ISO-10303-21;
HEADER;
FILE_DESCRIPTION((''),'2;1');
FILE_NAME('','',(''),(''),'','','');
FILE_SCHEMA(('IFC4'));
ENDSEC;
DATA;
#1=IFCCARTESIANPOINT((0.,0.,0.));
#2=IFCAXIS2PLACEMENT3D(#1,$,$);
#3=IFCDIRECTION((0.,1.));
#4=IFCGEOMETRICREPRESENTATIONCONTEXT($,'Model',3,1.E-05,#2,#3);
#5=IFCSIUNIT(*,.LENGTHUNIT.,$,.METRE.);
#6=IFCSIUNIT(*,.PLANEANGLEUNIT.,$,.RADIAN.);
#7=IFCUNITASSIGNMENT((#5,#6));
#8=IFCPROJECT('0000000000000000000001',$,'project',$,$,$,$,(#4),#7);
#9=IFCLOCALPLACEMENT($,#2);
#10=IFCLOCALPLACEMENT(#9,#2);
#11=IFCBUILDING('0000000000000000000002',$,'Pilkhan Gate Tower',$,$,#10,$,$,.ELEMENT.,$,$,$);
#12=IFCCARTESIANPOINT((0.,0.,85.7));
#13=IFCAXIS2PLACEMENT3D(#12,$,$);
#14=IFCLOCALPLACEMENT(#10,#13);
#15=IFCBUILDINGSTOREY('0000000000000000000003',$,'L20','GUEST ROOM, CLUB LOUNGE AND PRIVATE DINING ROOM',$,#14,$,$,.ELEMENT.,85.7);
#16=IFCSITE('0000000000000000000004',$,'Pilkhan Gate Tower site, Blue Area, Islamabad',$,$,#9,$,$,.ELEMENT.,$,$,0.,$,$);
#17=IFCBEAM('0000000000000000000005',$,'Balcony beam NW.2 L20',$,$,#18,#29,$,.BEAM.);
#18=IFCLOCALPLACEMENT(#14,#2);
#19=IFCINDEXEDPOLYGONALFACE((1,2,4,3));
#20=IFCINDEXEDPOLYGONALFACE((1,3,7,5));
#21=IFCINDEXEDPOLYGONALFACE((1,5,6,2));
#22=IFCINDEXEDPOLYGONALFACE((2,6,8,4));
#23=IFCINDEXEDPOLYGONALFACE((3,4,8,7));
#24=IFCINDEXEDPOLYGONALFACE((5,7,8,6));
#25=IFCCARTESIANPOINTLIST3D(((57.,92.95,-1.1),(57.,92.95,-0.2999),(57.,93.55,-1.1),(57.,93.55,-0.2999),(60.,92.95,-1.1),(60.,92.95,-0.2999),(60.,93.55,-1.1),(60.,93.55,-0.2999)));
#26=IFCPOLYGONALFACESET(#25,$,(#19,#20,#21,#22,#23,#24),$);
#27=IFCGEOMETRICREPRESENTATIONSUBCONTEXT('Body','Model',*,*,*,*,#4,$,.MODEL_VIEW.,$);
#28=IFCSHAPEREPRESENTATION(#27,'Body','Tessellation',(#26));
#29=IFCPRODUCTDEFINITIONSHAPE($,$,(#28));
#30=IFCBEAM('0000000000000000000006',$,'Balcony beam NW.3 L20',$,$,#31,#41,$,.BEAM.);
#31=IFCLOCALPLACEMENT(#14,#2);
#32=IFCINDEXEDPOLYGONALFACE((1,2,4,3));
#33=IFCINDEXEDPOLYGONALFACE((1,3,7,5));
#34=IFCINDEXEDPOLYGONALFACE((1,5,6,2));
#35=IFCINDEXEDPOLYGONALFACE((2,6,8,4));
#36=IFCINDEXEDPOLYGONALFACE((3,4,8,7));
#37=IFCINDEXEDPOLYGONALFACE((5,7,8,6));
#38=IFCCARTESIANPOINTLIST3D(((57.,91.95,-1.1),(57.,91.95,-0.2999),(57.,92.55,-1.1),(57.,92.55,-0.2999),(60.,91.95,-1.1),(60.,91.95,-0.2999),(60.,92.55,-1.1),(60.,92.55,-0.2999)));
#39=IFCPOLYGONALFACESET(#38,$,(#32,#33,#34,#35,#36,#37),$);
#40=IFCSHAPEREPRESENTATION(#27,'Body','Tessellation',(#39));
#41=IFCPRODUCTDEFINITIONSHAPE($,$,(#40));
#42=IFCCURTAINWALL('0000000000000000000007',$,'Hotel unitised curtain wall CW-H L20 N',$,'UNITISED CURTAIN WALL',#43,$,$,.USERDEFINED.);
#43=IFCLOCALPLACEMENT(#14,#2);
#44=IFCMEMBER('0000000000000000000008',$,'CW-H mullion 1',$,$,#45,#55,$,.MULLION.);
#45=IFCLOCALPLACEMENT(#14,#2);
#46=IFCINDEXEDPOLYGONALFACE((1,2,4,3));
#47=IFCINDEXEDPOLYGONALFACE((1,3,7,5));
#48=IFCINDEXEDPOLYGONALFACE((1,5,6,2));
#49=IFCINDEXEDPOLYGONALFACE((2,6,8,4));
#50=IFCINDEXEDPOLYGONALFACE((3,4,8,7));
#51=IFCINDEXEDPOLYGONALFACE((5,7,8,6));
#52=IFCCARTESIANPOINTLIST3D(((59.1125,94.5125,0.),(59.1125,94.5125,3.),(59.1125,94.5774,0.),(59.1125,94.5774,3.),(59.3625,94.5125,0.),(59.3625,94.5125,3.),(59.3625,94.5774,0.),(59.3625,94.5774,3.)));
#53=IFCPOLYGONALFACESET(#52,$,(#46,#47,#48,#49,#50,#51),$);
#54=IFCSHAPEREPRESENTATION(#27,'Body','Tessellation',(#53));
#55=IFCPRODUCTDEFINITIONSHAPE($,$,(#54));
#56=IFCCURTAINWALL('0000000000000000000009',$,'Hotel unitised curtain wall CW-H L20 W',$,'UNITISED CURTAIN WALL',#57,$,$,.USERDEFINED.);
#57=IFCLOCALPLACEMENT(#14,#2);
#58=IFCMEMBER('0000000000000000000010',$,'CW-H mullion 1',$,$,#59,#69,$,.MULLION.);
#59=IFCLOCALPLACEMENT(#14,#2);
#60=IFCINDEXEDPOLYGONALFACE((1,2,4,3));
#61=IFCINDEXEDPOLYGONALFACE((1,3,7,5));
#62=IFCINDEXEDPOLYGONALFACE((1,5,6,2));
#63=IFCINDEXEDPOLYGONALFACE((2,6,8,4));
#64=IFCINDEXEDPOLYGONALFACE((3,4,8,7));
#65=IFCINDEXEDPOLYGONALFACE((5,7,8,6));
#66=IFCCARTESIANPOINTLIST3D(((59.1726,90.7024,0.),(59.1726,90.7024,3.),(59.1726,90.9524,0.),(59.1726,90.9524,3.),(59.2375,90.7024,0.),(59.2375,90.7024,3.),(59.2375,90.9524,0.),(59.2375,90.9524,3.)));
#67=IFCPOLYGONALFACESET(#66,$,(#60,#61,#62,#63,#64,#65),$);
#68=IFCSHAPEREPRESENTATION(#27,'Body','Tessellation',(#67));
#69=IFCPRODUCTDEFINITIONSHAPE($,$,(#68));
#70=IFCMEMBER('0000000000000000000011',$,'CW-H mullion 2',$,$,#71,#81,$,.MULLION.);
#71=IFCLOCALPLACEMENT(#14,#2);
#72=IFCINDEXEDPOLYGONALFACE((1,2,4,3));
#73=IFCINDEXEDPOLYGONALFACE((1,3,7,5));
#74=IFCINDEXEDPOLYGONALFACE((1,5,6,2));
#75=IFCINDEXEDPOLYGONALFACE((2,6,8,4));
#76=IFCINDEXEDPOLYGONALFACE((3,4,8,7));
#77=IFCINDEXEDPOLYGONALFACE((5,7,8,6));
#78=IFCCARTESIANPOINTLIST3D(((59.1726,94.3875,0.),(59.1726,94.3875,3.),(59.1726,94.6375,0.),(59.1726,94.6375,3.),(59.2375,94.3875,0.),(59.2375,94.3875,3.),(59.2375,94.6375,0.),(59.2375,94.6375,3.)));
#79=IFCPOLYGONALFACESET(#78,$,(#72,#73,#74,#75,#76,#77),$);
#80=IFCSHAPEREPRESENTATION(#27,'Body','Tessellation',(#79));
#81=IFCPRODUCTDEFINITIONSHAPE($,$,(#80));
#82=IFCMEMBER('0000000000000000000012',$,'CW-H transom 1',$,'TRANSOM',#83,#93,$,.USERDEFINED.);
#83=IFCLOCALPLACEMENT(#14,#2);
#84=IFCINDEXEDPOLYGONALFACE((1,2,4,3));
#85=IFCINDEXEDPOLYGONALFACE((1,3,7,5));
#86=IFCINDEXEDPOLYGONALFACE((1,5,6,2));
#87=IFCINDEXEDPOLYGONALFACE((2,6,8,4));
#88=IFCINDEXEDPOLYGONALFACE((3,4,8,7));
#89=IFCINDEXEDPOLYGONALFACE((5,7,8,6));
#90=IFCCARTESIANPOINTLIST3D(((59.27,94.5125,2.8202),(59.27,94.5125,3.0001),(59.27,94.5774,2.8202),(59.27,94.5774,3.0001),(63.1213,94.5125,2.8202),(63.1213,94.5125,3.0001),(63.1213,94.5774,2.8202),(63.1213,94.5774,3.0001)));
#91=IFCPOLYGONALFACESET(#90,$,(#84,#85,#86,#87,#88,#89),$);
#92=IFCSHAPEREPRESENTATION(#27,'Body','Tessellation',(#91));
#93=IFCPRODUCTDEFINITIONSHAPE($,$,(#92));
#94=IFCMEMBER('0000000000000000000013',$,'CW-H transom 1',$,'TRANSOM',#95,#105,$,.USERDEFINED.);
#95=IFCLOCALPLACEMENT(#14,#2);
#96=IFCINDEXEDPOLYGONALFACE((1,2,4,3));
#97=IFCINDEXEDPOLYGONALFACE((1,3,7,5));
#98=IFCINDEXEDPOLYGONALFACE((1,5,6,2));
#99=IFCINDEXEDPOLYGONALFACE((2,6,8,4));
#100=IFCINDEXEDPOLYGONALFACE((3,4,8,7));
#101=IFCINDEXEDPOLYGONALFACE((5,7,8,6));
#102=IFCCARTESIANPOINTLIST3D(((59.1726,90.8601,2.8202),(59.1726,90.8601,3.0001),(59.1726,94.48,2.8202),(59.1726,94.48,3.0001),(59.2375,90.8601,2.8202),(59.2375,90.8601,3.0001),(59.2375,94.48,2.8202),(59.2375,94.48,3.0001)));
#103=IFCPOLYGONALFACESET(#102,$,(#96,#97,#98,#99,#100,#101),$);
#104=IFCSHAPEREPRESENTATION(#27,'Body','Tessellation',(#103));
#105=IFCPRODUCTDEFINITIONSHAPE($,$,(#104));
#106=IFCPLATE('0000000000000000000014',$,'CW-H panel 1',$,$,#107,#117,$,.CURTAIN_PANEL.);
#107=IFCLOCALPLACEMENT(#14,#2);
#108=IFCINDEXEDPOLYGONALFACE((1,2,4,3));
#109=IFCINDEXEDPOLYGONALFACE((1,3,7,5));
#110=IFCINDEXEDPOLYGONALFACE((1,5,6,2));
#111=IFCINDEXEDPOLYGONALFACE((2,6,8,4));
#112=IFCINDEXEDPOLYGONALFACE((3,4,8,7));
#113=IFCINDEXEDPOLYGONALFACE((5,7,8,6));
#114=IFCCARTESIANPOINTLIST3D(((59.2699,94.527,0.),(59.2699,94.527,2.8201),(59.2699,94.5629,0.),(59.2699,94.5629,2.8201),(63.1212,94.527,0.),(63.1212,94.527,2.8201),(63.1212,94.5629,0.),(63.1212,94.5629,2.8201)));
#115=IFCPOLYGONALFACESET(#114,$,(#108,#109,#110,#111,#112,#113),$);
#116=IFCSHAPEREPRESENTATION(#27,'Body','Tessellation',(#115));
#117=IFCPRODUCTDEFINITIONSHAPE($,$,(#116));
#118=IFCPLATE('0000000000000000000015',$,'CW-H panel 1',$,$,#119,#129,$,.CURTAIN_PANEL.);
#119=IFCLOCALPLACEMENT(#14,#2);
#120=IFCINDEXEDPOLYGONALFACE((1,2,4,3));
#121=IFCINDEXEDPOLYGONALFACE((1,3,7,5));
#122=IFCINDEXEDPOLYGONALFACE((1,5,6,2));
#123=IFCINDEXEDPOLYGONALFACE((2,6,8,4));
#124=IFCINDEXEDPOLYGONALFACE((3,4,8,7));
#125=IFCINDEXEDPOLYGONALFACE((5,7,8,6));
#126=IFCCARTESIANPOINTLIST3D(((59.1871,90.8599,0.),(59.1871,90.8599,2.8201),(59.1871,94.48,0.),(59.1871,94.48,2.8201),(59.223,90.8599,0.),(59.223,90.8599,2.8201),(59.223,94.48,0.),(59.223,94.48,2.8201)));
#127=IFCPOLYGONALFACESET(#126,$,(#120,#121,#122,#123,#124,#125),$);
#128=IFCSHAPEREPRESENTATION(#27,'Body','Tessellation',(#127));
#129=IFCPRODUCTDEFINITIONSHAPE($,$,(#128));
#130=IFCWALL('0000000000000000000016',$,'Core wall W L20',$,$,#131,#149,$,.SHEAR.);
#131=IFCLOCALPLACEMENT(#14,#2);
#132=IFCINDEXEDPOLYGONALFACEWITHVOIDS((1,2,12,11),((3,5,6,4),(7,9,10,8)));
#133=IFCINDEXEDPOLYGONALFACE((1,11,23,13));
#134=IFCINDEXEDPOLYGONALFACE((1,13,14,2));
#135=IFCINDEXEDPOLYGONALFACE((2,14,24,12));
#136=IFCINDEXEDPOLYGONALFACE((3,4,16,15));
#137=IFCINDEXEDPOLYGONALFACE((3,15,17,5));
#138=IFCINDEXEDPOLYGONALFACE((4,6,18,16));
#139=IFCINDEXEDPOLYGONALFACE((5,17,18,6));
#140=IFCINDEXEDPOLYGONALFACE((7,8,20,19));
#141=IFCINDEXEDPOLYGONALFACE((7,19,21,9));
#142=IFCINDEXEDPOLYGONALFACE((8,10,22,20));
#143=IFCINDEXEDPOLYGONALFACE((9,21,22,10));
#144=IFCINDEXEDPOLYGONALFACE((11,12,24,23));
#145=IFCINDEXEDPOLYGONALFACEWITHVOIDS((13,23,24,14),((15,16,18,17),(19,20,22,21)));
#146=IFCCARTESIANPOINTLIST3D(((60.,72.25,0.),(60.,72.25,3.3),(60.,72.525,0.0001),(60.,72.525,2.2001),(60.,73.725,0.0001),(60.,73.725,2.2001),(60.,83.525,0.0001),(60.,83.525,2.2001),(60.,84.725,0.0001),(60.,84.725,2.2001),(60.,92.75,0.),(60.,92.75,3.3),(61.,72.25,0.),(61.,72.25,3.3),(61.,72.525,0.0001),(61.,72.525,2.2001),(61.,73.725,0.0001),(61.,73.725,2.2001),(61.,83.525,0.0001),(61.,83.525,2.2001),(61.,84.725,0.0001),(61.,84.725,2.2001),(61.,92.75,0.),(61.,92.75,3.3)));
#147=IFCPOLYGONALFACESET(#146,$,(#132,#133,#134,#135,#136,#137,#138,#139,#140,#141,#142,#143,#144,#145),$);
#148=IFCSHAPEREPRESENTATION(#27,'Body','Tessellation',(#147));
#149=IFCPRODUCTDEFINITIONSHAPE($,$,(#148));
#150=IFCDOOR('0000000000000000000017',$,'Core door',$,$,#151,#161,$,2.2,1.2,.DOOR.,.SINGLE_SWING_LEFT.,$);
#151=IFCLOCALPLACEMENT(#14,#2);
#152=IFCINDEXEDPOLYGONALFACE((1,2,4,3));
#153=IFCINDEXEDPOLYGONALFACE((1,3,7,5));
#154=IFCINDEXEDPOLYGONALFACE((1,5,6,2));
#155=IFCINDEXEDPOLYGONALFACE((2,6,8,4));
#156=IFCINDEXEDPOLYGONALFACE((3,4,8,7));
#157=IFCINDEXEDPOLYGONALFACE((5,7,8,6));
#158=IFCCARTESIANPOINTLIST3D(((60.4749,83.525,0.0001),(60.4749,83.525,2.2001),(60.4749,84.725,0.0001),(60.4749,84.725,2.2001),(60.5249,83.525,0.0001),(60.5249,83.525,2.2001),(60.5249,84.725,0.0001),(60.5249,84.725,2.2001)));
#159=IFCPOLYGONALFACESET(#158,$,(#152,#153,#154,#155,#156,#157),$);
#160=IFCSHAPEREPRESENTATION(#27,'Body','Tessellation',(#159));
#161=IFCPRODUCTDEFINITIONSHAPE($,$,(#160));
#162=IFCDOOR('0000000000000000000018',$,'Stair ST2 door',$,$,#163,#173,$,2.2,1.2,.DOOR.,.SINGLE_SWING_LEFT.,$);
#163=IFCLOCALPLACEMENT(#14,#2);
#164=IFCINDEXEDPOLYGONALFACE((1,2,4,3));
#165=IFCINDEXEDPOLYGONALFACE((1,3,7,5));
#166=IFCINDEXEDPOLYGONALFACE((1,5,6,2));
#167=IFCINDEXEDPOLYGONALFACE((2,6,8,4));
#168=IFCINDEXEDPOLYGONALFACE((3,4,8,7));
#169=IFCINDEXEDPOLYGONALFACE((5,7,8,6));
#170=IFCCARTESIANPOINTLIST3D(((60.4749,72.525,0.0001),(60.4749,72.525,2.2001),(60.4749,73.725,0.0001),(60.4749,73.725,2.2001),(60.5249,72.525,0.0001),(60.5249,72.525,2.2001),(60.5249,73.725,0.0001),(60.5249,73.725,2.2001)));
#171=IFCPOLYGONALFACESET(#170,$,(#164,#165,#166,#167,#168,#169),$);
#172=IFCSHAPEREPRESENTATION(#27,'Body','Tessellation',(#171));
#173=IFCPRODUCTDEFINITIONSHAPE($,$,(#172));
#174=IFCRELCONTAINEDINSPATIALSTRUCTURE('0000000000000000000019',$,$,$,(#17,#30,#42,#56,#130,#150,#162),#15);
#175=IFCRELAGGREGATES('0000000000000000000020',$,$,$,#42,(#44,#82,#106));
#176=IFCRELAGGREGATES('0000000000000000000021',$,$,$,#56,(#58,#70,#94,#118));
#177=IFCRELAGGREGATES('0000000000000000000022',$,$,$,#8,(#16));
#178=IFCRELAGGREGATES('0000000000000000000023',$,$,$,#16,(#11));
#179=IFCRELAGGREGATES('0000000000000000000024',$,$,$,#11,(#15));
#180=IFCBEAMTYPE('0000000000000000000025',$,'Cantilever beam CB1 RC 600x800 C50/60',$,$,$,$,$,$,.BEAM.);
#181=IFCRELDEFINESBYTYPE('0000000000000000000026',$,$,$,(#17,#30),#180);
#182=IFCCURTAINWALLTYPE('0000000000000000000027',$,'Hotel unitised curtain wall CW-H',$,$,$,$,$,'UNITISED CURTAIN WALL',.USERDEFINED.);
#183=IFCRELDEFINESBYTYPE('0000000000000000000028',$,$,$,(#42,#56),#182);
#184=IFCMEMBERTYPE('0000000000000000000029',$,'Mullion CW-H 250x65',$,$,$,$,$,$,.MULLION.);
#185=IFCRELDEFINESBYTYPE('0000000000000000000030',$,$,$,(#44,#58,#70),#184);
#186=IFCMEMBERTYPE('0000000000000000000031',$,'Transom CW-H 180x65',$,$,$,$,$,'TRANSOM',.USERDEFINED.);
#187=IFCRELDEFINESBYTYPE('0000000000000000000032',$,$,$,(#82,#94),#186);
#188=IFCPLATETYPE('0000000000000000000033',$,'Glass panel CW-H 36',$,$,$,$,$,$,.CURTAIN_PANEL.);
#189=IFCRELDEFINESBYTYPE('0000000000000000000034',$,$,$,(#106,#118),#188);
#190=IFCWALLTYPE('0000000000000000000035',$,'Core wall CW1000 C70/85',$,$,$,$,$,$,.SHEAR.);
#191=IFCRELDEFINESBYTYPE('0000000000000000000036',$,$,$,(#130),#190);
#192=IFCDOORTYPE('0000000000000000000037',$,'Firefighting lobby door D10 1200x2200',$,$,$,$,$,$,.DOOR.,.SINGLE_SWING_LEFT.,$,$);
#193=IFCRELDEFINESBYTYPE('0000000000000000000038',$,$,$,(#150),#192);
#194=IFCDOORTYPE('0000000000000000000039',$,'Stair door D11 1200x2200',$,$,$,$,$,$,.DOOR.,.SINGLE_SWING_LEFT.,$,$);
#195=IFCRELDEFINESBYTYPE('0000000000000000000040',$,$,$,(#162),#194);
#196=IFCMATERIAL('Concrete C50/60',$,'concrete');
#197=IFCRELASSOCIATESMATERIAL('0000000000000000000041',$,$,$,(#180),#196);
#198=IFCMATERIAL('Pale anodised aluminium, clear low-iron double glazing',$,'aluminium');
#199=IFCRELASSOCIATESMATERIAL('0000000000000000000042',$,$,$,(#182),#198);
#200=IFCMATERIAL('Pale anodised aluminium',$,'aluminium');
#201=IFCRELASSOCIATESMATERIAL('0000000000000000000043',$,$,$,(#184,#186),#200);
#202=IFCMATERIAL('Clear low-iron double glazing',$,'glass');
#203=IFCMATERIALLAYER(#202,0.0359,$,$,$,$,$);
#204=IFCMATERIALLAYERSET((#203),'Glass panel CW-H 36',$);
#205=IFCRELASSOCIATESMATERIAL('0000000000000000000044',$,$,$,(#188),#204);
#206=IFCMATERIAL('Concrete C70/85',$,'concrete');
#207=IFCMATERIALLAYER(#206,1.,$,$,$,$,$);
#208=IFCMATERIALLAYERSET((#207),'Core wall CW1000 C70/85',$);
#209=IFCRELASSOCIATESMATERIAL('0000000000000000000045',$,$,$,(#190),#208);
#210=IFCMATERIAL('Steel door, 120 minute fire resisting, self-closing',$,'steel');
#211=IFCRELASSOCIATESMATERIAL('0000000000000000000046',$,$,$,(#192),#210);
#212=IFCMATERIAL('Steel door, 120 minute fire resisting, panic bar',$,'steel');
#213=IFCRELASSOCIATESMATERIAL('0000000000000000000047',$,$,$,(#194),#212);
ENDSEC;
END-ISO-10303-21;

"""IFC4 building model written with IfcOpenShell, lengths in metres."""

from ifc_helpers import new_model, si_unit, direction, frame, frame_2d, origin, origin_2d, place, context, subcontext, project, spatial, rectangle, extrude, material, layer, layer_set, material_profile, profile_set, type_object, element, fill, aggregate, save


model = new_model("IFC4")

# Units and contexts
model_context = context("Model", 3, precision=1e-05, world=origin(), true_north=direction((0.0, 1.0)))
body_context = subcontext(model_context, "Body", "Model", "MODEL_VIEW")
ifc_project = project(units=[si_unit("LENGTHUNIT", "METRE"), si_unit("PLANEANGLEUNIT", "RADIAN")], contexts=[model_context])

# Site, building, storey
site_placement = place(None, origin())
site = spatial("IfcSite", under=ifc_project, at=site_placement, Name="Pilkhan Gate Tower site, Blue Area, Islamabad", CompositionType="ELEMENT", RefElevation=0.0)
building_placement = place(site_placement, origin())
building = spatial("IfcBuilding", under=site, at=building_placement, Name="Pilkhan Gate Tower", CompositionType="ELEMENT")
storey_placement = place(building_placement, frame((0.0, 0.0, 85.7)))
storey = spatial("IfcBuildingStorey", under=building, at=storey_placement, Name="L20", Description="GUEST ROOM, CLUB LOUNGE AND PRIVATE DINING ROOM", CompositionType="ELEMENT", Elevation=85.7)

# Beams
ifc_material_1 = material(Name="Concrete C50/60", Category="concrete")
ifc_material_profile_1 = material_profile(ifc_material_1, rectangle(XDim=0.6001, YDim=0.8, at=origin_2d()), Name="RC 600x800")
ifc_profile_set_1 = profile_set([ifc_material_profile_1], Name="Concrete C50/60")
beam_type = type_object("IfcBeamType", Name="Cantilever beam CB1 RC 600x800 C50/60", PredefinedType="BEAM", material=ifc_profile_set_1)
for number, where, z_axis, x_axis, name in (
    (1, (60.0, 93.25, -0.7), (-1.0, 0.0, 0.0), (0.0, -1.0, 0.0), "Balcony beam NW.2 L20"),
    (2, (60.0, 92.25, -0.7), (-1.0, 0.0, 0.0), (0.0, -1.0, 0.0), "Balcony beam NW.3 L20"),
):
    element("IfcBeam", number, at=place(storey_placement, frame(where, z_axis=z_axis, x_axis=x_axis)), inside=storey, type_object=beam_type, Name=name, PredefinedType="BEAM", context=body_context, shape_type="SweptSolid", body=[
        extrude(rectangle(XDim=0.6001, YDim=0.8, at=origin_2d()), origin(), (0.0, 0.0, 1.0), 3.0),
    ])

# Curtain wall, member
ifc_material_2 = material(Name="Pale anodised aluminium, clear low-iron double glazing", Category="aluminium")
curtain_wall_type = type_object("IfcCurtainWallType", Name="Hotel unitised curtain wall CW-H", ElementType="UNITISED CURTAIN WALL", PredefinedType="USERDEFINED", material=ifc_material_2)
curtain_wall_1_placement = place(storey_placement, origin())
curtain_wall_1 = element("IfcCurtainWall", 3, at=curtain_wall_1_placement, inside=storey, type_object=curtain_wall_type, Name="Hotel unitised curtain wall CW-H L20 N", ObjectType="UNITISED CURTAIN WALL", PredefinedType="USERDEFINED")
ifc_material_3 = material(Name="Pale anodised aluminium", Category="aluminium")
ifc_material_profile_2 = material_profile(ifc_material_3, rectangle(XDim=0.0649, YDim=0.25, at=origin_2d()), Name="Mullion 250x65")
ifc_profile_set_2 = profile_set([ifc_material_profile_2], Name="Pale anodised aluminium")
member_type_1 = type_object("IfcMemberType", Name="Mullion CW-H 250x65", PredefinedType="MULLION", material=ifc_profile_set_2)
member_1_placement = place(storey_placement, frame((59.2375, 94.5449, 0.0), z_axis=(0.0, 0.0, 1.0), x_axis=(0.0, 1.0, 0.0)))
member_1 = element("IfcMember", 4, at=member_1_placement, type_object=member_type_1, Name="CW-H mullion 1", PredefinedType="MULLION", context=body_context, shape_type="SweptSolid", body=[
    extrude(rectangle(XDim=0.0649, YDim=0.25, at=origin_2d()), origin(), (0.0, 0.0, 1.0), 3.0),
])

# Curtain wall, members
curtain_wall_2_placement = place(storey_placement, origin())
curtain_wall_2 = element("IfcCurtainWall", 5, at=curtain_wall_2_placement, inside=storey, type_object=curtain_wall_type, Name="Hotel unitised curtain wall CW-H L20 W", ObjectType="UNITISED CURTAIN WALL", PredefinedType="USERDEFINED")
member_2_placement = place(storey_placement, frame((59.2051, 90.8274, 0.0), z_axis=(0.0, 0.0, 1.0), x_axis=(-1.0, 0.0, 0.0)))
member_2 = element("IfcMember", 6, at=member_2_placement, type_object=member_type_1, Name="CW-H mullion 1", PredefinedType="MULLION", context=body_context, shape_type="SweptSolid", body=[
    extrude(rectangle(XDim=0.0649, YDim=0.25, at=origin_2d()), origin(), (0.0, 0.0, 1.0), 3.0),
])
member_3_placement = place(storey_placement, frame((59.2051, 94.5125, 0.0), z_axis=(0.0, 0.0, 1.0), x_axis=(-1.0, 0.0, 0.0)))
member_3 = element("IfcMember", 7, at=member_3_placement, type_object=member_type_1, Name="CW-H mullion 2", PredefinedType="MULLION", context=body_context, shape_type="SweptSolid", body=[
    extrude(rectangle(XDim=0.0649, YDim=0.25, at=origin_2d()), origin(), (0.0, 0.0, 1.0), 3.0),
])

# Members
ifc_material_profile_3 = material_profile(ifc_material_3, rectangle(XDim=0.0649, YDim=0.1799, at=origin_2d()), Name="Transom 180x65")
ifc_profile_set_3 = profile_set([ifc_material_profile_3], Name="Pale anodised aluminium")
member_type_2 = type_object("IfcMemberType", Name="Transom CW-H 180x65", ElementType="TRANSOM", PredefinedType="USERDEFINED", material=ifc_profile_set_3)
member_4_placement = place(storey_placement, frame((59.27, 94.5449, 2.9102), z_axis=(1.0, 0.0, 0.0), x_axis=(0.0, 1.0, 0.0)))
member_4 = element("IfcMember", 8, at=member_4_placement, type_object=member_type_2, Name="CW-H transom 1", ObjectType="TRANSOM", PredefinedType="USERDEFINED", context=body_context, shape_type="SweptSolid", body=[
    extrude(rectangle(XDim=0.0649, YDim=0.1799, at=origin_2d()), origin(), (0.0, 0.0, 1.0), 3.8513),
])
member_5_placement = place(storey_placement, frame((59.2051, 90.8601, 2.9102), z_axis=(0.0, 1.0, 0.0), x_axis=(-1.0, 0.0, 0.0)))
member_5 = element("IfcMember", 9, at=member_5_placement, type_object=member_type_2, Name="CW-H transom 1", ObjectType="TRANSOM", PredefinedType="USERDEFINED", context=body_context, shape_type="SweptSolid", body=[
    extrude(rectangle(XDim=0.0649, YDim=0.1799, at=origin_2d()), origin(), (0.0, 0.0, 1.0), 3.6199),
])

# Plates
ifc_material_4 = material(Name="Clear low-iron double glazing", Category="glass")
ifc_layer_1 = layer(ifc_material_4, 0.0359)
ifc_layer_set_1 = layer_set([ifc_layer_1], Name="Glass panel CW-H 36")
plate_type = type_object("IfcPlateType", Name="Glass panel CW-H 36", PredefinedType="CURTAIN_PANEL", material=ifc_layer_set_1)
plate_1_placement = place(storey_placement, frame((61.1956, 94.5449, 0.0), z_axis=(0.0, 0.0, 1.0), x_axis=(1.0, 0.0, 0.0)))
plate_1 = element("IfcPlate", 10, at=plate_1_placement, type_object=plate_type, Name="CW-H panel 1", PredefinedType="CURTAIN_PANEL", context=body_context, shape_type="SweptSolid", body=[
    extrude(rectangle(XDim=3.8513, YDim=0.0359, at=origin_2d()), origin(), (0.0, 0.0, 1.0), 2.8201),
])
aggregate(curtain_wall_1, [member_1, member_4, plate_1])
plate_2_placement = place(storey_placement, frame((59.2051, 92.6699, 0.0), z_axis=(0.0, 0.0, 1.0), x_axis=(0.0, 1.0, 0.0)))
plate_2 = element("IfcPlate", 11, at=plate_2_placement, type_object=plate_type, Name="CW-H panel 1", PredefinedType="CURTAIN_PANEL", context=body_context, shape_type="SweptSolid", body=[
    extrude(rectangle(XDim=3.6201, YDim=0.0359, at=origin_2d()), origin(), (0.0, 0.0, 1.0), 2.8201),
])
aggregate(curtain_wall_2, [member_2, member_3, member_5, plate_2])

# Wall, openings, doors
ifc_material_5 = material(Name="Concrete C70/85", Category="concrete")
ifc_layer_2 = layer(ifc_material_5, 1.0)
ifc_layer_set_2 = layer_set([ifc_layer_2], Name="Core wall CW1000 C70/85")
wall_type_1 = type_object("IfcWallType", Name="Core wall CW1000 C70/85", PredefinedType="SHEAR", material=ifc_layer_set_2)
wall_1_placement = place(storey_placement, frame((60.5, 92.75, 0.0), z_axis=(0.0, 0.0, 1.0), x_axis=(0.0, -1.0, 0.0)))
wall_1 = element("IfcWall", 12, at=wall_1_placement, inside=storey, type_object=wall_type_1, Name="Core wall W L20", PredefinedType="SHEAR", context=body_context, shape_type="SweptSolid", body=[
    extrude(rectangle(XDim=20.5, YDim=1.0, at=frame_2d((10.25, 0.0))), origin(), (0.0, 0.0, 1.0), 3.3),
])
opening_1_placement = place(wall_1_placement, frame((19.0249, 0.0, 0.0)))
opening_1 = element("IfcOpeningElement", 13, at=opening_1_placement, cuts=wall_1, PredefinedType="OPENING", context=body_context, shape_type="SweptSolid", body=[
    extrude(rectangle(XDim=1.2, YDim=2.2, at=frame_2d((0.6001, 1.1001))), frame((0.0, 0.51, 0.0), z_axis=(0.0, -1.0, 0.0), x_axis=(1.0, 0.0, 0.0)), (0.0, 0.0, 1.0), 1.02),
])
opening_2_placement = place(wall_1_placement, frame((8.0249, 0.0, 0.0)))
opening_2 = element("IfcOpeningElement", 14, at=opening_2_placement, cuts=wall_1, PredefinedType="OPENING", context=body_context, shape_type="SweptSolid", body=[
    extrude(rectangle(XDim=1.2, YDim=2.2, at=frame_2d((0.6001, 1.1001))), frame((0.0, 0.51, 0.0), z_axis=(0.0, -1.0, 0.0), x_axis=(1.0, 0.0, 0.0)), (0.0, 0.0, 1.0), 1.02),
])
ifc_material_6 = material(Name="Steel door, 120 minute fire resisting, self-closing", Category="steel")
door_type_1 = type_object("IfcDoorType", Name="Firefighting lobby door D10 1200x2200", OperationType="SINGLE_SWING_LEFT", PredefinedType="DOOR", material=ifc_material_6)
door_1_placement = place(opening_2_placement, origin())
door_1 = element("IfcDoor", 15, at=door_1_placement, inside=storey, type_object=door_type_1, Name="Core door", OperationType="SINGLE_SWING_LEFT", OverallHeight=2.2, OverallWidth=1.2, PredefinedType="DOOR", context=body_context, shape_type="SweptSolid", body=[
    extrude(rectangle(XDim=1.2, YDim=2.2, at=frame_2d((0.6001, 1.1001))), frame((0.0, 0.0249, 0.0), z_axis=(0.0, -1.0, 0.0), x_axis=(1.0, 0.0, 0.0)), (0.0, 0.0, 1.0), 0.05),
])
fill(opening_2, door_1)
ifc_material_7 = material(Name="Steel door, 120 minute fire resisting, panic bar", Category="steel")
door_type_2 = type_object("IfcDoorType", Name="Stair door D11 1200x2200", OperationType="SINGLE_SWING_LEFT", PredefinedType="DOOR", material=ifc_material_7)
door_2_placement = place(opening_1_placement, origin())
door_2 = element("IfcDoor", 16, at=door_2_placement, inside=storey, type_object=door_type_2, Name="Stair ST2 door", OperationType="SINGLE_SWING_LEFT", OverallHeight=2.2, OverallWidth=1.2, PredefinedType="DOOR", context=body_context, shape_type="SweptSolid", body=[
    extrude(rectangle(XDim=1.2, YDim=2.2, at=frame_2d((0.6001, 1.1001))), frame((0.0, 0.0249, 0.0), z_axis=(0.0, -1.0, 0.0), x_axis=(1.0, 0.0, 0.0)), (0.0, 0.0, 1.0), 0.05),
])
fill(opening_1, door_2)

save(model, "model.ifc")
